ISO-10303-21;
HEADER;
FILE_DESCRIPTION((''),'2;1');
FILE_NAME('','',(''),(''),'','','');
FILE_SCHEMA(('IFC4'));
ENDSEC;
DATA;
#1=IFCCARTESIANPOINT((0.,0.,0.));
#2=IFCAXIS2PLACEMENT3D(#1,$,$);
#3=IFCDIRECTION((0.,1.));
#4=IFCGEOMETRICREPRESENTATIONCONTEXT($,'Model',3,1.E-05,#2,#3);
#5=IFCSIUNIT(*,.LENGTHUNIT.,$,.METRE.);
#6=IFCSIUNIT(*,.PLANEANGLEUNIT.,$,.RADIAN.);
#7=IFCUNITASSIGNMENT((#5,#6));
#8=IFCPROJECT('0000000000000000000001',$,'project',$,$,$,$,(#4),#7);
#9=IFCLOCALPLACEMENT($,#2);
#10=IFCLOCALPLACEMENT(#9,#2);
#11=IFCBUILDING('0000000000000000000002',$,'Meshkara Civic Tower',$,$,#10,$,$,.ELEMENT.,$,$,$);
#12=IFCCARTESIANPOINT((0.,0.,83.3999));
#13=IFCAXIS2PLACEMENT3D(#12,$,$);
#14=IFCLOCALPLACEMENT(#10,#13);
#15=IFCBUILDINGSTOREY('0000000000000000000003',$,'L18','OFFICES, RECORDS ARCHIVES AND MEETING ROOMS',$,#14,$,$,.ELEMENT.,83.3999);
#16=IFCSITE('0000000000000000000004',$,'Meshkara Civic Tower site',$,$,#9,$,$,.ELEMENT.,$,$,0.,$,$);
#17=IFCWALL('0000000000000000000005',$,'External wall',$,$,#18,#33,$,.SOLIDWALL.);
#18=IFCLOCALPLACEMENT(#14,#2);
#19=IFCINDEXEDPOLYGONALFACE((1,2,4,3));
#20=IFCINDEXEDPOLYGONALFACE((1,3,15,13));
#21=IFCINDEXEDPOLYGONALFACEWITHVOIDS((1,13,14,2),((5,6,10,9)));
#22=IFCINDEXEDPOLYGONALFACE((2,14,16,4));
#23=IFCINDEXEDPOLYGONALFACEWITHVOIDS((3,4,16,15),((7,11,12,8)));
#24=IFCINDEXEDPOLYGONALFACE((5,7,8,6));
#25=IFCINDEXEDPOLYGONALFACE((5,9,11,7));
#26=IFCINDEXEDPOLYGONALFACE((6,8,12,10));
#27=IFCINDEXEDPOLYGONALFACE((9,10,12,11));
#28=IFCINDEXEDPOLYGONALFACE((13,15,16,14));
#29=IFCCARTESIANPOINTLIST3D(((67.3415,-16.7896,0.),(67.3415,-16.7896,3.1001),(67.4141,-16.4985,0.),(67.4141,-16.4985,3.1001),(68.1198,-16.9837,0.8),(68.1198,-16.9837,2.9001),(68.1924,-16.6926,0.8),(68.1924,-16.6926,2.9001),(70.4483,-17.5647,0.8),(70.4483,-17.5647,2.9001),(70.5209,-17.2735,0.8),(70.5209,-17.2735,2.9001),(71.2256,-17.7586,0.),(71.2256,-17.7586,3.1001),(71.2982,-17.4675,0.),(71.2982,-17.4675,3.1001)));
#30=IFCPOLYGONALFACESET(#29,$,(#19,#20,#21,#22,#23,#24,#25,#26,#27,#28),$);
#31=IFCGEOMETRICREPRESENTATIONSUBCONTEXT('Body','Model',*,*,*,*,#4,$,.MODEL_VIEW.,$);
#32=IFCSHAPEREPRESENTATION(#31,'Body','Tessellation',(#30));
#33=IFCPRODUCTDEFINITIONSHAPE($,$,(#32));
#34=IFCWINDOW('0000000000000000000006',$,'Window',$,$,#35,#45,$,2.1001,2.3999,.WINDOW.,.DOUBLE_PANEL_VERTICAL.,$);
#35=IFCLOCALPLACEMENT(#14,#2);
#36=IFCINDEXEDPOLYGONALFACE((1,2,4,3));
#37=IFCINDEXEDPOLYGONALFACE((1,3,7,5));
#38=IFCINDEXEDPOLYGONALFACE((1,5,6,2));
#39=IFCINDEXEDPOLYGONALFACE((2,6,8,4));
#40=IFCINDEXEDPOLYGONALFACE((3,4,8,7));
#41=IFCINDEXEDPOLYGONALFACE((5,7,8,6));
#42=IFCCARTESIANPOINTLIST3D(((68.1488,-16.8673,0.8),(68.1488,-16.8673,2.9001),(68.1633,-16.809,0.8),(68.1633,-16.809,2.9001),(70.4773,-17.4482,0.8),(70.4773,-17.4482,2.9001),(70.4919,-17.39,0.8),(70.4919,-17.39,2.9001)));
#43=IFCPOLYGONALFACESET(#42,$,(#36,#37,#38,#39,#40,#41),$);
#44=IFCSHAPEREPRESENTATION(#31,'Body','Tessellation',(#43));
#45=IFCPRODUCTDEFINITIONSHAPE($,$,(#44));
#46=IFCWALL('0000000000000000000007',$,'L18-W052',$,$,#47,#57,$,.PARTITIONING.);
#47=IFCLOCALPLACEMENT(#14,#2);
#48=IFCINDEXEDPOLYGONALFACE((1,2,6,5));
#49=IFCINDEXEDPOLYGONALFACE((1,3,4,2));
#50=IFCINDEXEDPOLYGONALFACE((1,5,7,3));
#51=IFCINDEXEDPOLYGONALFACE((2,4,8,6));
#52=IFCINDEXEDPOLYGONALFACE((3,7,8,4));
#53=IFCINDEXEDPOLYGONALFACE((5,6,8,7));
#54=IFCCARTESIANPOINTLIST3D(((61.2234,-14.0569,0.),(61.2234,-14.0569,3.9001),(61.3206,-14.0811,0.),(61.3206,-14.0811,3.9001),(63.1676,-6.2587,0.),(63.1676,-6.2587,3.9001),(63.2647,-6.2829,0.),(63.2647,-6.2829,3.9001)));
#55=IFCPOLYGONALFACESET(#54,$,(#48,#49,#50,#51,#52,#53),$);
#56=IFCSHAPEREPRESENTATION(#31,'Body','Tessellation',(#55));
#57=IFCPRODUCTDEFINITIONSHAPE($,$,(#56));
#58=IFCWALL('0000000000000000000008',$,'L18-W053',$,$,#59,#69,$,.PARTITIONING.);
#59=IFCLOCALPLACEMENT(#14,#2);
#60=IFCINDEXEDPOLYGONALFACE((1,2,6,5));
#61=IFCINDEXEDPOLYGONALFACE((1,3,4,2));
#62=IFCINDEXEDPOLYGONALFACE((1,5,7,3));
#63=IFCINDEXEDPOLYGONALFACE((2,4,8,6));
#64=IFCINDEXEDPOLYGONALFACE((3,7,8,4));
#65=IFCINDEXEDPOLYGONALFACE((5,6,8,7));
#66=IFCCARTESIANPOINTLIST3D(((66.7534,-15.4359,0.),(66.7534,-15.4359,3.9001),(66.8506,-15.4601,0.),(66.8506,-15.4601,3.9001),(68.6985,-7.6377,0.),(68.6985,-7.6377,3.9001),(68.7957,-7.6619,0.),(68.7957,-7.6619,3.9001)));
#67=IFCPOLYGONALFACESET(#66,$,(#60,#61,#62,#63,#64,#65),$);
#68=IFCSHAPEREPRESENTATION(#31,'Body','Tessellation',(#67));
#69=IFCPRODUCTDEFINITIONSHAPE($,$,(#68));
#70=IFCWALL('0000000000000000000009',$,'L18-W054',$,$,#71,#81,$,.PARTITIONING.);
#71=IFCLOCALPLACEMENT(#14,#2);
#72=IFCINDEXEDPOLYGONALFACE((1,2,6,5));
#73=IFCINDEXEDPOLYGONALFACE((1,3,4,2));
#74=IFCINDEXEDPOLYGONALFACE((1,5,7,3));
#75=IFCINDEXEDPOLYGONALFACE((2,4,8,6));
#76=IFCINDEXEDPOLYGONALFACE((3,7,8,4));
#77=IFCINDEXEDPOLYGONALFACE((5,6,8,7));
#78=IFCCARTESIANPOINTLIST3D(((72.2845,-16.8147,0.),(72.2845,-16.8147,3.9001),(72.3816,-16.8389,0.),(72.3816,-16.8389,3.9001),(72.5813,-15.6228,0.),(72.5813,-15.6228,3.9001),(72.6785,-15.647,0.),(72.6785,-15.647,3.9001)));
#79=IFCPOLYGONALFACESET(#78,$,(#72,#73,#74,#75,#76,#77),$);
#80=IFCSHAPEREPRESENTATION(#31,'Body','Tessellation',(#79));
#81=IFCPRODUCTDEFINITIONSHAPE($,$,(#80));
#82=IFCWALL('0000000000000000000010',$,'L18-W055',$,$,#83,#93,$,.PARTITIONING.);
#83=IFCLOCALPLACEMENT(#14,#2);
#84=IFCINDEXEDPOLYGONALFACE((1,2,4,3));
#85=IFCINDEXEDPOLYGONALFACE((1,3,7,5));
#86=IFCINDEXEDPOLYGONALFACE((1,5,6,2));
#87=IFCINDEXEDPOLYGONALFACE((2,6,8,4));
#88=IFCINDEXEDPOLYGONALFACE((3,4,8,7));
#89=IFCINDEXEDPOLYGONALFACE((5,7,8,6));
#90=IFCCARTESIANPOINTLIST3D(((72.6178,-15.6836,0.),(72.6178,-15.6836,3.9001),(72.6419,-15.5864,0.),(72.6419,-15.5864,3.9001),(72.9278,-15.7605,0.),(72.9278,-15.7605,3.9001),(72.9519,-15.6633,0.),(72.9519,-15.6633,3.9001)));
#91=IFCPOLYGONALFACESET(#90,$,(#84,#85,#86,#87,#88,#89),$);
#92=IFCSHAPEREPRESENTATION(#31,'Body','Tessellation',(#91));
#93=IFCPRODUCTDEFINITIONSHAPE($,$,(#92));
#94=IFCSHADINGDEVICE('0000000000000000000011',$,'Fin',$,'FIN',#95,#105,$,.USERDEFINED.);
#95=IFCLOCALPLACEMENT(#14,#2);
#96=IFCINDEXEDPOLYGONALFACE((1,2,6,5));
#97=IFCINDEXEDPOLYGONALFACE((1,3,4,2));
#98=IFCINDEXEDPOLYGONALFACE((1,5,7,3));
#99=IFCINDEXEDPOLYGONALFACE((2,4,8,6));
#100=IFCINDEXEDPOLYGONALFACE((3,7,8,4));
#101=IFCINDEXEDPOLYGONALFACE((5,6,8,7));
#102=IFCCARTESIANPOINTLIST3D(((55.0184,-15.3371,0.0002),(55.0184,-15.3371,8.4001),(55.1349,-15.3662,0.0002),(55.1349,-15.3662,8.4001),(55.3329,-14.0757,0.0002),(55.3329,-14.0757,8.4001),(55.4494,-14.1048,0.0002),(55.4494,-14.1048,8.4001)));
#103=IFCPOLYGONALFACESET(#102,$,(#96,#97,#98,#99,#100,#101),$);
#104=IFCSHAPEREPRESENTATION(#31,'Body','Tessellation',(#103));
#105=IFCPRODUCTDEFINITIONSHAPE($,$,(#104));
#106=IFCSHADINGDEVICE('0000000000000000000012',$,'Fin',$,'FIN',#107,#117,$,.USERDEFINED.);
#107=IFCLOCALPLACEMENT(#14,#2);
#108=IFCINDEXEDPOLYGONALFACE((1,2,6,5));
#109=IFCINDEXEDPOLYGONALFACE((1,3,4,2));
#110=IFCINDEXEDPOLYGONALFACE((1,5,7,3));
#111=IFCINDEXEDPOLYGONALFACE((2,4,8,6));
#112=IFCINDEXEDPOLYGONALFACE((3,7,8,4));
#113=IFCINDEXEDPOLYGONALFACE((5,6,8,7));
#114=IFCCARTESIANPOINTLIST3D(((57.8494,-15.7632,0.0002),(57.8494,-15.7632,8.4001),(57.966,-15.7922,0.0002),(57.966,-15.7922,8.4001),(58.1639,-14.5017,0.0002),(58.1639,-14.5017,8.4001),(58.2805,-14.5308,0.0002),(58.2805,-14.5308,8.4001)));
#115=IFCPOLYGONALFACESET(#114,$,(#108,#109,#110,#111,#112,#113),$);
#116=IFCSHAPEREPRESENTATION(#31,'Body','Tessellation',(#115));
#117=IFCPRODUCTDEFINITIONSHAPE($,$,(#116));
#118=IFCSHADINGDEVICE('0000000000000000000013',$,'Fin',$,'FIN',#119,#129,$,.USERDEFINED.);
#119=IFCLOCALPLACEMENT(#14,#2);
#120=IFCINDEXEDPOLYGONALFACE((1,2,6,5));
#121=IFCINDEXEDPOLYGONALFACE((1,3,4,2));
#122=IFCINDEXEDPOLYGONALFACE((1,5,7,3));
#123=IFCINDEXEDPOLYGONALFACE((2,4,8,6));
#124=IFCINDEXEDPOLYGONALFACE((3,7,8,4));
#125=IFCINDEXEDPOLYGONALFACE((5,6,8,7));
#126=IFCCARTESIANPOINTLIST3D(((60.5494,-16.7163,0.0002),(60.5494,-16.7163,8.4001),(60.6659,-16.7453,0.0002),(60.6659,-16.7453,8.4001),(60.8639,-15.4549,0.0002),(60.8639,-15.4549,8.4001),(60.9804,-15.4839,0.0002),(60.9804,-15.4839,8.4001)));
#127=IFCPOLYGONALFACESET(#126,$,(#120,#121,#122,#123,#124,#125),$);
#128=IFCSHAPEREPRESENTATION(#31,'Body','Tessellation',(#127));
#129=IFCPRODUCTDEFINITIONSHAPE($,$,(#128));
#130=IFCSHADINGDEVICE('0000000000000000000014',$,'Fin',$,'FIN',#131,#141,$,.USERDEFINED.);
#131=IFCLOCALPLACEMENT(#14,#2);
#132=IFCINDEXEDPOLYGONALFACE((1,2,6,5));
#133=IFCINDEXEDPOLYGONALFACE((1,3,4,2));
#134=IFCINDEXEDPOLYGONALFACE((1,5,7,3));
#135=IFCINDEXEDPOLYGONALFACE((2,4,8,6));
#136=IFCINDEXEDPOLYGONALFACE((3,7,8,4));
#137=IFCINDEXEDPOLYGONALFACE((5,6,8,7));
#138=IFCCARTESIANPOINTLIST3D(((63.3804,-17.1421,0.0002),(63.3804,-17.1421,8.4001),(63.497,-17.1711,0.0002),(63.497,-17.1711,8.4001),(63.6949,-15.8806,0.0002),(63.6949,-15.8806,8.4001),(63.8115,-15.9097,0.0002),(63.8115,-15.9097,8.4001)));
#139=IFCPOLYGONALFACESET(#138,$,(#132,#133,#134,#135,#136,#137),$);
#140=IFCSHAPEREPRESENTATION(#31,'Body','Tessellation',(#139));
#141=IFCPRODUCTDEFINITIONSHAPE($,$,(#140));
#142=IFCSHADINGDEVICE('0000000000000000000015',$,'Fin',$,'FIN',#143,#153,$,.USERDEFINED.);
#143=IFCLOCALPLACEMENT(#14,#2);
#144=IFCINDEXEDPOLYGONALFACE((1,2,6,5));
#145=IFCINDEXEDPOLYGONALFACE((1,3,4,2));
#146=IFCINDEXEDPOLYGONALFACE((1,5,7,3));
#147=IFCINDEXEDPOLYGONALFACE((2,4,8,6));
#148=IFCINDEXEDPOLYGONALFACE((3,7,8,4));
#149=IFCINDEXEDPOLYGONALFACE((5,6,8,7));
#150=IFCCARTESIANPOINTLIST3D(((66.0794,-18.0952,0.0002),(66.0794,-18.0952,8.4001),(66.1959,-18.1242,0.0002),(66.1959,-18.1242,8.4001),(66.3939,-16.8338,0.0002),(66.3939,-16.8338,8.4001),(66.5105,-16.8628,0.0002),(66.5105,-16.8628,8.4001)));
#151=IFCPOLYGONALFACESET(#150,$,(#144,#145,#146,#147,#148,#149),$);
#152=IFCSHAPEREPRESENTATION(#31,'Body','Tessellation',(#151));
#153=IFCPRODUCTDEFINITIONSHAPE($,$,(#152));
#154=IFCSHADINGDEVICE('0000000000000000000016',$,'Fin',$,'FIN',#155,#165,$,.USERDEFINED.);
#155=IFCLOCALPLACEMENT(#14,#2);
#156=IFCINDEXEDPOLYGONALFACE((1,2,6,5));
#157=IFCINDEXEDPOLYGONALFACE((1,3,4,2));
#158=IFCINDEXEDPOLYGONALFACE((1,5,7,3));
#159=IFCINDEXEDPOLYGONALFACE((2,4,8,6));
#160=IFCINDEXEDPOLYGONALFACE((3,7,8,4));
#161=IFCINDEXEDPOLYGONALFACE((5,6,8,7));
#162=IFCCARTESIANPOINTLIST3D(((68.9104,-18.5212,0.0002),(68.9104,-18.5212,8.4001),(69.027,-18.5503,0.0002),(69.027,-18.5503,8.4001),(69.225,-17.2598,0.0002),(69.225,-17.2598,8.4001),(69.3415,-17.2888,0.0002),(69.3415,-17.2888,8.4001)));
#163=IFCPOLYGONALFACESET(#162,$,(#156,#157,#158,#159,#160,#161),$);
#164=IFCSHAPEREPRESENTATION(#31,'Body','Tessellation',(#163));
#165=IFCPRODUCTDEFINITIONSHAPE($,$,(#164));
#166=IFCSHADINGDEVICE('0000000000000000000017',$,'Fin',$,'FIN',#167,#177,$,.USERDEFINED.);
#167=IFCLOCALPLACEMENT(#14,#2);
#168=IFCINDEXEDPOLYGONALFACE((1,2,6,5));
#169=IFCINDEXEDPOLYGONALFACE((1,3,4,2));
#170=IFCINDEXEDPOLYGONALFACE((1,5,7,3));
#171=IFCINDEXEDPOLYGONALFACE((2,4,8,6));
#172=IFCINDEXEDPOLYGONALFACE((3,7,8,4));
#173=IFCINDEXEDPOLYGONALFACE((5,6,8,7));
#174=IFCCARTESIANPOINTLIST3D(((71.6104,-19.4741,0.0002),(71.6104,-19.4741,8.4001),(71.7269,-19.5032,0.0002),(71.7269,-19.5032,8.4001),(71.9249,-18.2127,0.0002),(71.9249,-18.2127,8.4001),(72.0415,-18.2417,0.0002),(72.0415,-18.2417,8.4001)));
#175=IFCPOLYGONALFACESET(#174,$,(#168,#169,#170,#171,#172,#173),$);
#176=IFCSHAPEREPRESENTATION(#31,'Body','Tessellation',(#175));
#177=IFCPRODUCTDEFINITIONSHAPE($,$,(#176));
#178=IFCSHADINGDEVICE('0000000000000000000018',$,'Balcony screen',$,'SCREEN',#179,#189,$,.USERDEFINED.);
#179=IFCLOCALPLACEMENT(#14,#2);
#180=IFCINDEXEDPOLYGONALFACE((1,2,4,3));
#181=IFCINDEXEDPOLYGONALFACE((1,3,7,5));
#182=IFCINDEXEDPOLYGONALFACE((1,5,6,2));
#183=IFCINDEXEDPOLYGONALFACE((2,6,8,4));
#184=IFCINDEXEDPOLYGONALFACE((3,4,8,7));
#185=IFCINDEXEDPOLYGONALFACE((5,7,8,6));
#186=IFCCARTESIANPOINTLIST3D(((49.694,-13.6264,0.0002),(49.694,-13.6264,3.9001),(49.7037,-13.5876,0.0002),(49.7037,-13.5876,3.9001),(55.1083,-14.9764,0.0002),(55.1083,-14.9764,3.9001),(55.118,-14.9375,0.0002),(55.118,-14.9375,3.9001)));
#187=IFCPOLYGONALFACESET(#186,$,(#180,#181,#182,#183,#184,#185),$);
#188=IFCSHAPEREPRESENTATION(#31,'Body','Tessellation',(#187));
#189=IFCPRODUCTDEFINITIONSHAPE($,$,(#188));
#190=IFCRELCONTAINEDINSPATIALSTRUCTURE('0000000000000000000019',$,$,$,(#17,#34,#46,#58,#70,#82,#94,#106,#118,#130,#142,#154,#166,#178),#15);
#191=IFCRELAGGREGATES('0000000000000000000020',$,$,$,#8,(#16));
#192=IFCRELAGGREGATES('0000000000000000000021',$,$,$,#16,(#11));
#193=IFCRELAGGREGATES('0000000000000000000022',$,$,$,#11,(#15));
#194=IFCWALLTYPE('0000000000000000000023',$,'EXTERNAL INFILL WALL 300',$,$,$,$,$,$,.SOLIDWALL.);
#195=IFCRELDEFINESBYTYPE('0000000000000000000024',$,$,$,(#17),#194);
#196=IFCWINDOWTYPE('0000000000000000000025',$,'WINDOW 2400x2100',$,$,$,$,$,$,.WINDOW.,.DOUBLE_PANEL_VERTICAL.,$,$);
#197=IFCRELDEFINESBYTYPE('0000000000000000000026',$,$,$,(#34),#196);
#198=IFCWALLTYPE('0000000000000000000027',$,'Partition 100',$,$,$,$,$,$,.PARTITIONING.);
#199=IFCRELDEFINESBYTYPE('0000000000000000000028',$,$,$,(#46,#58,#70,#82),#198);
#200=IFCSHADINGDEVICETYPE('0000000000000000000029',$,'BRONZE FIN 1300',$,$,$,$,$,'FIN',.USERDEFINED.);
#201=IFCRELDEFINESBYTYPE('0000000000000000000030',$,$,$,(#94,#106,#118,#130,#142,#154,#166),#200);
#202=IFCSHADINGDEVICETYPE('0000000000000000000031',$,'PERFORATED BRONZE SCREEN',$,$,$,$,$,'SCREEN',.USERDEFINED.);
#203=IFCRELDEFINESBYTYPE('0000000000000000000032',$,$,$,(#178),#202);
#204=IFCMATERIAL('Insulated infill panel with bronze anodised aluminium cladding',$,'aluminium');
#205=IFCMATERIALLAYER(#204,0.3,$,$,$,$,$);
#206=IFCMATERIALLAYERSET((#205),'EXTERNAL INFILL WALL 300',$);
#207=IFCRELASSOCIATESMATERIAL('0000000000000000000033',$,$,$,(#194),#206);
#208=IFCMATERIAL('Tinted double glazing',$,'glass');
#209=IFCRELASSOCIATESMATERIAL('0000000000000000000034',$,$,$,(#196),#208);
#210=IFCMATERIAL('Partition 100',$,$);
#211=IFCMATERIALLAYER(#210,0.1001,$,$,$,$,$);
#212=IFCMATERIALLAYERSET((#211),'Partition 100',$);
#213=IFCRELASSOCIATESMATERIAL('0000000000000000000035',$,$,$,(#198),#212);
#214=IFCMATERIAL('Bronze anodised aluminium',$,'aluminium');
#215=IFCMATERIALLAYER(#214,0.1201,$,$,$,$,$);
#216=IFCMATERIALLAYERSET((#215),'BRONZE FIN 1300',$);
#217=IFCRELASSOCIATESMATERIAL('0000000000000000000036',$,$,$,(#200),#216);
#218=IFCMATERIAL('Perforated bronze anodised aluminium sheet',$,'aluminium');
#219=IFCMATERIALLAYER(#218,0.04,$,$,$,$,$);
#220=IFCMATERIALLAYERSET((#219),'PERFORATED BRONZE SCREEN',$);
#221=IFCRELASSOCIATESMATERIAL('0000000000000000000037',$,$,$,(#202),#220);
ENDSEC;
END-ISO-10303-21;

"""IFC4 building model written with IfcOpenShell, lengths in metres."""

from ifc_helpers import new_model, si_unit, direction, frame, frame_2d, origin, origin_2d, place, context, subcontext, project, spatial, rectangle, extrude, material, layer, layer_set, type_object, element, fill, save


model = new_model("IFC4")

# Units and contexts
model_context = context("Model", 3, precision=1e-05, world=origin(), true_north=direction((0.0, 1.0)))
body_context = subcontext(model_context, "Body", "Model", "MODEL_VIEW")
ifc_project = project(units=[si_unit("LENGTHUNIT", "METRE"), si_unit("PLANEANGLEUNIT", "RADIAN")], contexts=[model_context])

# Site, building, storey
site_placement = place(None, origin())
site = spatial("IfcSite", under=ifc_project, at=site_placement, Name="Meshkara Civic Tower site", CompositionType="ELEMENT", RefElevation=0.0)
building_placement = place(site_placement, origin())
building = spatial("IfcBuilding", under=site, at=building_placement, Name="Meshkara Civic Tower", CompositionType="ELEMENT")
storey_placement = place(building_placement, frame((0.0, 0.0, 83.3999)))
storey = spatial("IfcBuildingStorey", under=building, at=storey_placement, Name="L18", Description="OFFICES, RECORDS ARCHIVES AND MEETING ROOMS", CompositionType="ELEMENT", Elevation=83.3999)

# Wall, opening, window
ifc_material_1 = material(Name="Insulated infill panel with bronze anodised aluminium cladding", Category="aluminium")
ifc_layer_1 = layer(ifc_material_1, 0.3)
ifc_layer_set_1 = layer_set([ifc_layer_1], Name="EXTERNAL INFILL WALL 300")
wall_type_1 = type_object("IfcWallType", Name="EXTERNAL INFILL WALL 300", PredefinedType="SOLIDWALL", material=ifc_layer_set_1)
ifc_material_2 = material(Name="Tinted double glazing", Category="glass")
window_type = type_object("IfcWindowType", Name="WINDOW 2400x2100", PartitioningType="DOUBLE_PANEL_VERTICAL", PredefinedType="WINDOW", material=ifc_material_2)
wall_1_placement = place(storey_placement, frame((67.3779, -16.644, 0.0), z_axis=(0.0, 0.0, 1.0), x_axis=(0.970261, -0.242062, 0.0)))
wall_1 = element("IfcWall", 1, at=wall_1_placement, inside=storey, type_object=wall_type_1, Name="External wall", PredefinedType="SOLIDWALL", context=body_context, shape_type="SweptSolid", body=[
    extrude(rectangle(XDim=4.0032, YDim=0.3, at=frame_2d((2.0015, 0.0))), origin(), (0.0, 0.0, 1.0), 3.1001),
])
opening_1_placement = place(wall_1_placement, frame((0.802, 0.0, 0.8)))
opening_1 = element("IfcOpeningElement", 2, at=opening_1_placement, cuts=wall_1, PredefinedType="OPENING", context=body_context, shape_type="SweptSolid", body=[
    extrude(rectangle(XDim=2.3999, YDim=2.1001, at=frame_2d((1.2, 1.05))), frame((0.0, 0.1599, 0.0), z_axis=(0.0, -1.0, 0.0), x_axis=(1.0, 0.0, 0.0)), (0.0, 0.0, 1.0), 0.3201),
])
window_1_placement = place(opening_1_placement, origin())
window_1 = element("IfcWindow", 3, at=window_1_placement, inside=storey, type_object=window_type, Name="Window", OverallHeight=2.1001, OverallWidth=2.3999, PartitioningType="DOUBLE_PANEL_VERTICAL", PredefinedType="WINDOW", context=body_context, shape_type="SweptSolid", body=[
    extrude(rectangle(XDim=2.3999, YDim=2.1001, at=frame_2d((1.2, 1.05))), frame((0.0, 0.03, 0.0), z_axis=(0.0, -1.0, 0.0), x_axis=(1.0, 0.0, 0.0)), (0.0, 0.0, 1.0), 0.0601),
])
fill(opening_1, window_1)

# Walls
ifc_material_3 = material(Name="Partition 100")
ifc_layer_2 = layer(ifc_material_3, 0.1001)
ifc_layer_set_2 = layer_set([ifc_layer_2], Name="Partition 100")
wall_type_2 = type_object("IfcWallType", Name="Partition 100", PredefinedType="PARTITIONING", material=ifc_layer_set_2)
wall_2_placement = place(storey_placement, frame((61.272, -14.0691, 0.0), z_axis=(0.0, 0.0, 1.0), x_axis=(0.241899, 0.970301, 0.0)))
element("IfcWall", 4, at=wall_2_placement, inside=storey, type_object=wall_type_2, Name="L18-W052", PredefinedType="PARTITIONING", context=body_context, shape_type="SweptSolid", body=[
    extrude(rectangle(XDim=8.0369, YDim=0.1001, at=frame_2d((4.0186, 0.0))), origin(), (0.0, 0.0, 1.0), 3.9001),
])
wall_3_placement = place(storey_placement, frame((66.802, -15.448, 0.0), z_axis=(0.0, 0.0, 1.0), x_axis=(0.242014, 0.970273, 0.0)))
element("IfcWall", 5, at=wall_3_placement, inside=storey, type_object=wall_type_2, Name="L18-W053", PredefinedType="PARTITIONING", context=body_context, shape_type="SweptSolid", body=[
    extrude(rectangle(XDim=8.0371, YDim=0.1001, at=frame_2d((4.0186, 0.0))), origin(), (0.0, 0.0, 1.0), 3.9001),
])
wall_4_placement = place(storey_placement, frame((72.333, -16.8269, 0.0), z_axis=(0.0, 0.0, 1.0), x_axis=(0.241694, 0.970353, 0.0)))
element("IfcWall", 6, at=wall_4_placement, inside=storey, type_object=wall_type_2, Name="L18-W054", PredefinedType="PARTITIONING", context=body_context, shape_type="SweptSolid", body=[
    extrude(rectangle(XDim=1.2283, YDim=0.1001, at=frame_2d((0.6143, 0.0))), origin(), (0.0, 0.0, 1.0), 3.9001),
])
wall_5_placement = place(storey_placement, frame((72.6299, -15.635, 0.0), z_axis=(0.0, 0.0, 1.0), x_axis=(0.97059, -0.240737, 0.0)))
element("IfcWall", 7, at=wall_5_placement, inside=storey, type_object=wall_type_2, Name="L18-W055", PredefinedType="PARTITIONING", context=body_context, shape_type="SweptSolid", body=[
    extrude(rectangle(XDim=0.3193, YDim=0.1001, at=frame_2d((0.1597, 0.0))), origin(), (0.0, 0.0, 1.0), 3.9001),
])

# Shading devices
ifc_material_4 = material(Name="Bronze anodised aluminium", Category="aluminium")
ifc_layer_3 = layer(ifc_material_4, 0.1201)
ifc_layer_set_3 = layer_set([ifc_layer_3], Name="BRONZE FIN 1300")
shading_device_type_1 = type_object("IfcShadingDeviceType", Name="BRONZE FIN 1300", ElementType="FIN", PredefinedType="USERDEFINED", material=ifc_layer_set_3)
for number, where, z_axis, x_axis, name in (
    (8, (55.2339, -14.7209, 0.0002), (0.0, 0.0, 1.0), (0.970296, -0.241922, 0.0), "Fin"),
    (9, (58.0649, -15.147, 0.0002), (0.0, 0.0, 1.0), (0.970296, -0.241922, 0.0), "Fin"),
    (10, (60.7649, -16.1001, 0.0002), (0.0, 0.0, 1.0), (0.970296, -0.241922, 0.0), "Fin"),
    (11, (63.5959, -16.5259, 0.0002), (0.0, 0.0, 1.0), (0.970296, -0.241922, 0.0), "Fin"),
    (12, (66.2949, -17.479, 0.0002), (0.0, 0.0, 1.0), (0.970296, -0.241922, 0.0), "Fin"),
    (13, (69.126, -17.905, 0.0002), (0.0, 0.0, 1.0), (0.970296, -0.241922, 0.0), "Fin"),
    (14, (71.8259, -18.8579, 0.0002), (0.0, 0.0, 1.0), (0.970296, -0.241922, 0.0), "Fin"),
):
    element("IfcShadingDevice", number, at=place(storey_placement, frame(where, z_axis=z_axis, x_axis=x_axis)), inside=storey, type_object=shading_device_type_1, Name=name, ObjectType="FIN", PredefinedType="USERDEFINED", context=body_context, shape_type="SweptSolid", body=[
        extrude(rectangle(XDim=0.1201, YDim=1.3, at=origin_2d()), origin(), (0.0, 0.0, 1.0), 8.3999),
    ])
ifc_material_5 = material(Name="Perforated bronze anodised aluminium sheet", Category="aluminium")
ifc_layer_4 = layer(ifc_material_5, 0.04)
ifc_layer_set_4 = layer_set([ifc_layer_4], Name="PERFORATED BRONZE SCREEN")
shading_device_type_2 = type_object("IfcShadingDeviceType", Name="PERFORATED BRONZE SCREEN", ElementType="SCREEN", PredefinedType="USERDEFINED", material=ifc_layer_set_4)
shading_device_placement = place(storey_placement, frame((52.406, -14.282, 0.0002), z_axis=(0.0, 0.0, 1.0), x_axis=(0.970296, -0.241922, 0.0)))
element("IfcShadingDevice", 15, at=shading_device_placement, inside=storey, type_object=shading_device_type_2, Name="Balcony screen", ObjectType="SCREEN", PredefinedType="USERDEFINED", context=body_context, shape_type="SweptSolid", body=[
    extrude(rectangle(XDim=5.5801, YDim=0.04, at=origin_2d()), origin(), (0.0, 0.0, 1.0), 3.8999),
])

save(model, "model.ifc")
